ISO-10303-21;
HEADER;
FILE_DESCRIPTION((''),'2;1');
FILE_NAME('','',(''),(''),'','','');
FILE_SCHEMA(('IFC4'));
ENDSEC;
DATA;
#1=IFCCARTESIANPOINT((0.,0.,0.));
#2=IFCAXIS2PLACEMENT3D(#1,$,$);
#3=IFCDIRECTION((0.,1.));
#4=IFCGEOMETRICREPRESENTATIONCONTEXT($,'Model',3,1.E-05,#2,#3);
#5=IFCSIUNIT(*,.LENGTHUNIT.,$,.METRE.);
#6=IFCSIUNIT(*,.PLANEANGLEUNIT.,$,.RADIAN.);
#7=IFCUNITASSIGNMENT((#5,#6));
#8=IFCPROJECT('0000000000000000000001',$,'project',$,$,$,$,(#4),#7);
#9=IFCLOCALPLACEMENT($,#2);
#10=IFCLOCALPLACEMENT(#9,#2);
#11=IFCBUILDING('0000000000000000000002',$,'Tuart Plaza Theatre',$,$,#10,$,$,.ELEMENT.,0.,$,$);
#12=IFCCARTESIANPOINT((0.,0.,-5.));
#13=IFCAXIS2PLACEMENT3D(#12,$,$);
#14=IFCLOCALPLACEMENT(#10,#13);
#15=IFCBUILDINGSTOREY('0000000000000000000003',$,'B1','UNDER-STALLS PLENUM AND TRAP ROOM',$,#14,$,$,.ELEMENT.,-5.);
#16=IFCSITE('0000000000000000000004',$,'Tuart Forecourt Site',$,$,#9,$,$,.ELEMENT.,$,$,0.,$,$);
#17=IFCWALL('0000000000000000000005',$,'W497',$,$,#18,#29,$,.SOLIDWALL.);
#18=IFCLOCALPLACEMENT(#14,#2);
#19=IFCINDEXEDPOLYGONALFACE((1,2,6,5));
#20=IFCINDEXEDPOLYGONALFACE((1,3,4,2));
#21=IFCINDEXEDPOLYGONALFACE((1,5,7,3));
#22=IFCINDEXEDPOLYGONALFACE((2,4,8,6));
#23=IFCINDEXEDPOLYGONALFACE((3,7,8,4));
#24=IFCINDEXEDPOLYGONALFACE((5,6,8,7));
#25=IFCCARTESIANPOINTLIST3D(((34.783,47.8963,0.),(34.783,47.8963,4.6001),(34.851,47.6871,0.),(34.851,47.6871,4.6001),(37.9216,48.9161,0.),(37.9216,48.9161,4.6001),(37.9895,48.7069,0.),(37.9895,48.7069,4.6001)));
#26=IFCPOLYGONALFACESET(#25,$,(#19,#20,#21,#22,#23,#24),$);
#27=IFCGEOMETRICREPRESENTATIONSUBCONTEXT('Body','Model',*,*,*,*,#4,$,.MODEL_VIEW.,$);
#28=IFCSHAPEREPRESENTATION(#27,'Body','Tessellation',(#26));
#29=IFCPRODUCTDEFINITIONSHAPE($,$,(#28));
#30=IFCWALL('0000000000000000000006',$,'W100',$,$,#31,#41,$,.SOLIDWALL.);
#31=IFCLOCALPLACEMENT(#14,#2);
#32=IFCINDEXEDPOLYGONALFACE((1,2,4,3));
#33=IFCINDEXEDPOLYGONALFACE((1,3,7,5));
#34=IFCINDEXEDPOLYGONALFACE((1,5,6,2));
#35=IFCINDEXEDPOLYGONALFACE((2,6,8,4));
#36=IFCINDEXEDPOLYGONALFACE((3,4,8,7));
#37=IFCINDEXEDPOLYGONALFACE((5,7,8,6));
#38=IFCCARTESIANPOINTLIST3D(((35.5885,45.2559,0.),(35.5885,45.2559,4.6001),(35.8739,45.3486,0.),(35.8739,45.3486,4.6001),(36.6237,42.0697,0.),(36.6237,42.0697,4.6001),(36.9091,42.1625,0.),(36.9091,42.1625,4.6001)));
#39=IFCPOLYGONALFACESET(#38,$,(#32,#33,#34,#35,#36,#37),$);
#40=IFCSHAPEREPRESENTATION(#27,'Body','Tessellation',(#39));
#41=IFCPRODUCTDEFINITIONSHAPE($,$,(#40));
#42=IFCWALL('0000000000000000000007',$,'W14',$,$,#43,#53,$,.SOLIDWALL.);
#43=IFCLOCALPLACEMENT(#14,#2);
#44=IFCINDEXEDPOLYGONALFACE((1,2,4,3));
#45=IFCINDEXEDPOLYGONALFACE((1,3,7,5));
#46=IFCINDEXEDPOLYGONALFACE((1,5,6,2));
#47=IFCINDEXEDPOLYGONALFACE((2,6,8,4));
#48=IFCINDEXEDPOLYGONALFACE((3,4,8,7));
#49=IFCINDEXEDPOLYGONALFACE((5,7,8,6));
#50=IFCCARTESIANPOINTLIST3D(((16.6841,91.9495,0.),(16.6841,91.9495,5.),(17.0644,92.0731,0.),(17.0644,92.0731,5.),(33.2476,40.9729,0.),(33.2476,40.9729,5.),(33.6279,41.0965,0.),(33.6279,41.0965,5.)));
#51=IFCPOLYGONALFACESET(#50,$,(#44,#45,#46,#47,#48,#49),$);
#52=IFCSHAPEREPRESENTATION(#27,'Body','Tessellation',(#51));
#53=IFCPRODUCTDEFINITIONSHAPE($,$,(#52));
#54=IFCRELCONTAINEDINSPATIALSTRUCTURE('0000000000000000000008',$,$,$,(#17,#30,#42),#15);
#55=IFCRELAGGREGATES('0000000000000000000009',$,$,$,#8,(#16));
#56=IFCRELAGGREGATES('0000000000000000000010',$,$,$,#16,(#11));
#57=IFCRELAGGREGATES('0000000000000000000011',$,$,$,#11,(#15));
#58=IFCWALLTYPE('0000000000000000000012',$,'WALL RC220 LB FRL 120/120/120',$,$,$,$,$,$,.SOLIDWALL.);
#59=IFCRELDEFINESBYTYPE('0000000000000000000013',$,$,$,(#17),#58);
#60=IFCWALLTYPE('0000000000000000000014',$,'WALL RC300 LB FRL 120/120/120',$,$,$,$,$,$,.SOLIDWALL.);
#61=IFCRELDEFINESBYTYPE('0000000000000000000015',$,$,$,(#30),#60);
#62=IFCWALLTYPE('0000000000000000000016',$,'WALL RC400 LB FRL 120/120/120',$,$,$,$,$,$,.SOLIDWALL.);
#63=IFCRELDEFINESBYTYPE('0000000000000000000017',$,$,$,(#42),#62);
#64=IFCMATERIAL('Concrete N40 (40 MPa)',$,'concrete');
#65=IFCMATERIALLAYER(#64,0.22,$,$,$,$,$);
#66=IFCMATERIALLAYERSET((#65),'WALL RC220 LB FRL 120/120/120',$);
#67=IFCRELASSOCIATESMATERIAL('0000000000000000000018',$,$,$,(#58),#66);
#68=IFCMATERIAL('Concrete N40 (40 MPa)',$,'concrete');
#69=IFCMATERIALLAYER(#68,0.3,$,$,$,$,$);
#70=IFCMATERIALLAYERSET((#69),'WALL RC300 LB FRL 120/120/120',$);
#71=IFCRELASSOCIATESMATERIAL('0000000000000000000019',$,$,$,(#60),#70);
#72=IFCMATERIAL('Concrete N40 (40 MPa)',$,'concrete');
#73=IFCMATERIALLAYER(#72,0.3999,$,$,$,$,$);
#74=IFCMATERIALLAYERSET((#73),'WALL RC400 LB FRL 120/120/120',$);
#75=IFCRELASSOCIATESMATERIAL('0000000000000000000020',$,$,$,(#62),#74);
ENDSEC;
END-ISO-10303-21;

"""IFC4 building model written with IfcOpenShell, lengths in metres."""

from ifc_helpers import new_model, si_unit, direction, frame, frame_2d, origin, place, context, subcontext, project, spatial, rectangle, extrude, material, layer, layer_set, type_object, element, save


model = new_model("IFC4")

# Units and contexts
model_context = context("Model", 3, precision=1e-05, world=origin(), true_north=direction((0.0, 1.0)))
body_context = subcontext(model_context, "Body", "Model", "MODEL_VIEW")
ifc_project = project(units=[si_unit("LENGTHUNIT", "METRE"), si_unit("PLANEANGLEUNIT", "RADIAN")], contexts=[model_context])

# Site, building, storey
site_placement = place(None, origin())
site = spatial("IfcSite", under=ifc_project, at=site_placement, Name="Tuart Forecourt Site", CompositionType="ELEMENT", RefElevation=0.0)
building_placement = place(site_placement, origin())
building = spatial("IfcBuilding", under=site, at=building_placement, Name="Tuart Plaza Theatre", CompositionType="ELEMENT", ElevationOfRefHeight=0.0)
storey_placement = place(building_placement, frame((0.0, 0.0, -5.0)))
storey = spatial("IfcBuildingStorey", under=building, at=storey_placement, Name="B1", Description="UNDER-STALLS PLENUM AND TRAP ROOM", CompositionType="ELEMENT", Elevation=-5.0)

# Walls
ifc_material_1 = material(Name="Concrete N40 (40 MPa)", Category="concrete")
ifc_layer_1 = layer(ifc_material_1, 0.22)
ifc_layer_set_1 = layer_set([ifc_layer_1], Name="WALL RC220 LB FRL 120/120/120")
wall_type_1 = type_object("IfcWallType", Name="WALL RC220 LB FRL 120/120/120", PredefinedType="SOLIDWALL", material=ifc_layer_set_1)
wall_1_placement = place(storey_placement, frame((34.8171, 47.7917, 0.0), z_axis=(0.0, 0.0, 1.0), x_axis=(0.951053, 0.309028, 0.0)))
element("IfcWall", 1, at=wall_1_placement, inside=storey, type_object=wall_type_1, Name="W497", PredefinedType="SOLIDWALL", context=body_context, shape_type="SweptSolid", body=[
    extrude(rectangle(XDim=3.3, YDim=0.22, at=frame_2d((1.6499, 0.0))), origin(), (0.0, 0.0, 1.0), 4.6001),
])
ifc_material_2 = material(Name="Concrete N40 (40 MPa)", Category="concrete")
ifc_layer_2 = layer(ifc_material_2, 0.3)
ifc_layer_set_2 = layer_set([ifc_layer_2], Name="WALL RC300 LB FRL 120/120/120")
wall_type_2 = type_object("IfcWallType", Name="WALL RC300 LB FRL 120/120/120", PredefinedType="SOLIDWALL", material=ifc_layer_set_2)
wall_2_placement = place(storey_placement, frame((35.7312, 45.3022, 0.0), z_axis=(0.0, 0.0, 1.0), x_axis=(0.309004, -0.951061, 0.0)))
element("IfcWall", 2, at=wall_2_placement, inside=storey, type_object=wall_type_2, Name="W100", PredefinedType="SOLIDWALL", context=body_context, shape_type="SweptSolid", body=[
    extrude(rectangle(XDim=3.3501, YDim=0.3, at=frame_2d((1.675, 0.0))), origin(), (0.0, 0.0, 1.0), 4.6001),
])
ifc_material_3 = material(Name="Concrete N40 (40 MPa)", Category="concrete")
ifc_layer_3 = layer(ifc_material_3, 0.3999)
ifc_layer_set_3 = layer_set([ifc_layer_3], Name="WALL RC400 LB FRL 120/120/120")
wall_type_3 = type_object("IfcWallType", Name="WALL RC400 LB FRL 120/120/120", PredefinedType="SOLIDWALL", material=ifc_layer_set_3)
wall_3_placement = place(storey_placement, frame((33.4377, 41.0347, 0.0), z_axis=(0.0, 0.0, 1.0), x_axis=(-0.30902, 0.951055, 0.0)))
element("IfcWall", 3, at=wall_3_placement, inside=storey, type_object=wall_type_3, Name="W14", PredefinedType="SOLIDWALL", context=body_context, shape_type="SweptSolid", body=[
    extrude(rectangle(XDim=53.6001, YDim=0.3999, at=frame_2d((26.8, 0.0))), origin(), (0.0, 0.0, 1.0), 5.0),
])

save(model, "model.ifc")
